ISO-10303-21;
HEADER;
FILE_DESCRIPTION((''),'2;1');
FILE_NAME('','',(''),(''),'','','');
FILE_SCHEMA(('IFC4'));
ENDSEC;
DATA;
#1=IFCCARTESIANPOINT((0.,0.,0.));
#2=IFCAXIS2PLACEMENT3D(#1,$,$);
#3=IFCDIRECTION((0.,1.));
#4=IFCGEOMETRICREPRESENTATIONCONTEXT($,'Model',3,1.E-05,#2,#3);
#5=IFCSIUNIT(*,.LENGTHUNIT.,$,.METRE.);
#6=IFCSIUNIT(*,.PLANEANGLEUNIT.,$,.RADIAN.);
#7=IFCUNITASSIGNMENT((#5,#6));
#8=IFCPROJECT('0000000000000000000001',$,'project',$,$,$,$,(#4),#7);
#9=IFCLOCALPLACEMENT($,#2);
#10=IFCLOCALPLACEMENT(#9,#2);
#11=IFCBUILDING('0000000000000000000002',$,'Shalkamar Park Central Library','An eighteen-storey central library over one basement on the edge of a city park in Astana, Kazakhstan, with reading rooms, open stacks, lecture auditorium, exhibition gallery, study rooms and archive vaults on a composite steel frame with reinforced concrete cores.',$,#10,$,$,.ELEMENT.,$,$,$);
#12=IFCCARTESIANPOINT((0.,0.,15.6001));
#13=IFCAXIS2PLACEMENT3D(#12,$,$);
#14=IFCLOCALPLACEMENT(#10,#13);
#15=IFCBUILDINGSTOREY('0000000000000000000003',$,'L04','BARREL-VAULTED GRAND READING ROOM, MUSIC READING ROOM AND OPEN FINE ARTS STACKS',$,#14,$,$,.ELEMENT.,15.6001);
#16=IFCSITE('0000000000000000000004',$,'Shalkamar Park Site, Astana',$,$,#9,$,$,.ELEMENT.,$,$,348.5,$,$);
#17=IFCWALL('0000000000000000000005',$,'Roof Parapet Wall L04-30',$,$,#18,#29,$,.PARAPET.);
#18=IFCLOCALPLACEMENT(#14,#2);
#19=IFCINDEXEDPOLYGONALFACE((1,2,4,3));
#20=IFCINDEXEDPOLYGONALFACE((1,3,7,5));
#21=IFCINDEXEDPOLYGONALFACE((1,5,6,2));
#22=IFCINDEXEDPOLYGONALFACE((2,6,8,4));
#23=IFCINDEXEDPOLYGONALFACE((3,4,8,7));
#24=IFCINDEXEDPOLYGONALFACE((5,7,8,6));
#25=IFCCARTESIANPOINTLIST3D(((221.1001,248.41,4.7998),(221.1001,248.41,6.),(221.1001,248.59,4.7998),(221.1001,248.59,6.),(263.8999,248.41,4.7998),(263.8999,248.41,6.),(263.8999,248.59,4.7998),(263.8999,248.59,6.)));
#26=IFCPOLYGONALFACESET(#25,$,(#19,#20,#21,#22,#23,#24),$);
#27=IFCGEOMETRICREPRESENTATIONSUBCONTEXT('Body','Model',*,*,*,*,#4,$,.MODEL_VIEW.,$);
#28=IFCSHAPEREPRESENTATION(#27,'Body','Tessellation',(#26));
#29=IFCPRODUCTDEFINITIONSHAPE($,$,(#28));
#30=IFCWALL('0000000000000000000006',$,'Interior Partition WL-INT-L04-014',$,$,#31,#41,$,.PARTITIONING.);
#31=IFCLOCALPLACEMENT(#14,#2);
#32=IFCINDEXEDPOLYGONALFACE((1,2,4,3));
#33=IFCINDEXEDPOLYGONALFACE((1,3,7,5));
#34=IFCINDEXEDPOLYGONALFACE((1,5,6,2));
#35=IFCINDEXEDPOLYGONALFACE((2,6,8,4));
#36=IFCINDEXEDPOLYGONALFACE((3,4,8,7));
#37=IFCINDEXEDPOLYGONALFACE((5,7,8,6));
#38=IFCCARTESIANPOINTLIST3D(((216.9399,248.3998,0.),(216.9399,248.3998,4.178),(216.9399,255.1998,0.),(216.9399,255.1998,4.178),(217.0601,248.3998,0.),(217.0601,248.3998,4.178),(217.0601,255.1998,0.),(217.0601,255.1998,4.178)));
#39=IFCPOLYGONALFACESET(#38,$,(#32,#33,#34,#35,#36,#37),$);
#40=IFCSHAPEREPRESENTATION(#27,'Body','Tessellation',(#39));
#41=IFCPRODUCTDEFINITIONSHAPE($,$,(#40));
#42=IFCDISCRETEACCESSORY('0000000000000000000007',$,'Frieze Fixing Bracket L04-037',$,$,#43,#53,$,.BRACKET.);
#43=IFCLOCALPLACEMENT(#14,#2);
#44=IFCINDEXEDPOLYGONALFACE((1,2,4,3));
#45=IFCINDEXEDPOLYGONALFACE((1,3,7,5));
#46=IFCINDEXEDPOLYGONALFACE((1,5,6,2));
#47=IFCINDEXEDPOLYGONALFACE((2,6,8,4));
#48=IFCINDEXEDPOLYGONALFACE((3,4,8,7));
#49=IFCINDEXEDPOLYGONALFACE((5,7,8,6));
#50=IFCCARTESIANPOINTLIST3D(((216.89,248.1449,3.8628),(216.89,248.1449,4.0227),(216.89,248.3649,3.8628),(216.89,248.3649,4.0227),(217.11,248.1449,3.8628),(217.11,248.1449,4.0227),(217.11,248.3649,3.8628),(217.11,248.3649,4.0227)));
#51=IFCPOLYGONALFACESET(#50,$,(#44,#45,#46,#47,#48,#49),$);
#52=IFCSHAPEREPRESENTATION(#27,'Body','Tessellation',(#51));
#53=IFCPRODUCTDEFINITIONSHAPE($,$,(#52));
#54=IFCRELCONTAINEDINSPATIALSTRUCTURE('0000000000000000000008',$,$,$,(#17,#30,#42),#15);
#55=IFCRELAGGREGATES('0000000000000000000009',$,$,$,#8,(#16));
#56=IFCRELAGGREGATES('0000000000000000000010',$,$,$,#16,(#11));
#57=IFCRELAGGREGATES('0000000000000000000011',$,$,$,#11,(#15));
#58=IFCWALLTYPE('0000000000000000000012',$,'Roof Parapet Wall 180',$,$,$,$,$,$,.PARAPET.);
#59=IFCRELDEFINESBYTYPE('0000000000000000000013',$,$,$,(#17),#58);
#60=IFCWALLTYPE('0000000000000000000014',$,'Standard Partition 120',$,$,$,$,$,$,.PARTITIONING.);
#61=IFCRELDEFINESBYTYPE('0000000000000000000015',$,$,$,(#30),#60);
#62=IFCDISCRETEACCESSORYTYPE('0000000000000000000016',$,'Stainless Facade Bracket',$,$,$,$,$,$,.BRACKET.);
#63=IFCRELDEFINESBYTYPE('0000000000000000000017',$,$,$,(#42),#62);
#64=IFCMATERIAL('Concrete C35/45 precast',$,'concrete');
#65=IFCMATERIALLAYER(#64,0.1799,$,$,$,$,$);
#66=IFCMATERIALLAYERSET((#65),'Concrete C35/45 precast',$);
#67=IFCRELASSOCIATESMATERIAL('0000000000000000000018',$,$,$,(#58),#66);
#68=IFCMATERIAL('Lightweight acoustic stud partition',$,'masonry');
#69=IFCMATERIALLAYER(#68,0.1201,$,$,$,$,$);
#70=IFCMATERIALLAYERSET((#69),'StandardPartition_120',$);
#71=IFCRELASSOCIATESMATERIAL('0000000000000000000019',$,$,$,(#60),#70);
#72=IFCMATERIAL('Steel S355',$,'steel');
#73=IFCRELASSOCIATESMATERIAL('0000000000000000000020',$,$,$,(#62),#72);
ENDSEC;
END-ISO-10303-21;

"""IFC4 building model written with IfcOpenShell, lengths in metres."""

from ifc_helpers import new_model, si_unit, direction, frame, frame_2d, origin, origin_2d, place, context, subcontext, project, spatial, rectangle, extrude, material, layer, layer_set, type_object, element, save


model = new_model("IFC4")

# Units and contexts
model_context = context("Model", 3, precision=1e-05, world=origin(), true_north=direction((0.0, 1.0)))
body_context = subcontext(model_context, "Body", "Model", "MODEL_VIEW")
ifc_project = project(units=[si_unit("LENGTHUNIT", "METRE"), si_unit("PLANEANGLEUNIT", "RADIAN")], contexts=[model_context])

# Site, building, storey
site_placement = place(None, origin())
site = spatial("IfcSite", under=ifc_project, at=site_placement, Name="Shalkamar Park Site, Astana", CompositionType="ELEMENT", RefElevation=348.5)
building_placement = place(site_placement, origin())
building = spatial("IfcBuilding", under=site, at=building_placement, Name="Shalkamar Park Central Library", Description="An eighteen-storey central library over one basement on the edge of a city park in Astana, Kazakhstan, with reading rooms, open stacks, lecture auditorium, exhibition gallery, study rooms and archive vaults on a composite steel frame with reinforced concrete cores.", CompositionType="ELEMENT")
storey_placement = place(building_placement, frame((0.0, 0.0, 15.6001)))
storey = spatial("IfcBuildingStorey", under=building, at=storey_placement, Name="L04", Description="BARREL-VAULTED GRAND READING ROOM, MUSIC READING ROOM AND OPEN FINE ARTS STACKS", CompositionType="ELEMENT", Elevation=15.6001)

# Shared definitions
ifc_material_1 = material(Name="Steel S355", Category="steel")

# Walls
ifc_material_2 = material(Name="Concrete C35/45 precast", Category="concrete")
ifc_layer_1 = layer(ifc_material_2, 0.1799)
ifc_layer_set_1 = layer_set([ifc_layer_1], Name="Concrete C35/45 precast")
wall_type_1 = type_object("IfcWallType", Name="Roof Parapet Wall 180", PredefinedType="PARAPET", material=ifc_layer_set_1)
wall_1_placement = place(storey_placement, frame((221.1001, 248.5, 4.7998), z_axis=(0.0, 0.0, 1.0), x_axis=(1.0, 0.0, 0.0)))
element("IfcWall", 1, at=wall_1_placement, inside=storey, type_object=wall_type_1, Name="Roof Parapet Wall L04-30", PredefinedType="PARAPET", context=body_context, shape_type="SweptSolid", body=[
    extrude(rectangle(XDim=42.7998, YDim=0.1799, at=frame_2d((21.3999, 0.0))), origin(), (0.0, 0.0, 1.0), 1.2002),
])
ifc_material_3 = material(Name="Lightweight acoustic stud partition", Category="masonry")
ifc_layer_2 = layer(ifc_material_3, 0.1201)
ifc_layer_set_2 = layer_set([ifc_layer_2], Name="StandardPartition_120")
wall_type_2 = type_object("IfcWallType", Name="Standard Partition 120", PredefinedType="PARTITIONING", material=ifc_layer_set_2)
wall_2_placement = place(storey_placement, frame((217.0, 248.3999, 0.0), z_axis=(0.0, 0.0, 1.0), x_axis=(0.0, 1.0, 0.0)))
element("IfcWall", 2, at=wall_2_placement, inside=storey, type_object=wall_type_2, Name="Interior Partition WL-INT-L04-014", PredefinedType="PARTITIONING", context=body_context, shape_type="SweptSolid", body=[
    extrude(rectangle(XDim=6.8, YDim=0.1201, at=frame_2d((3.3999, 0.0))), origin(), (0.0, 0.0, 1.0), 4.178),
])

# Discrete accessory
discrete_accessory_type = type_object("IfcDiscreteAccessoryType", Name="Stainless Facade Bracket", PredefinedType="BRACKET", material=ifc_material_1)
discrete_accessory_placement = place(storey_placement, frame((217.0, 248.2549, 3.8628), z_axis=(0.0, 0.0, 1.0), x_axis=(1.0, 0.0, 0.0)))
element("IfcDiscreteAccessory", 3, at=discrete_accessory_placement, inside=storey, type_object=discrete_accessory_type, Name="Frieze Fixing Bracket L04-037", PredefinedType="BRACKET", context=body_context, shape_type="SweptSolid", body=[
    extrude(rectangle(XDim=0.22, YDim=0.22, at=origin_2d()), origin(), (0.0, 0.0, 1.0), 0.1599),
])

save(model, "model.ifc")
